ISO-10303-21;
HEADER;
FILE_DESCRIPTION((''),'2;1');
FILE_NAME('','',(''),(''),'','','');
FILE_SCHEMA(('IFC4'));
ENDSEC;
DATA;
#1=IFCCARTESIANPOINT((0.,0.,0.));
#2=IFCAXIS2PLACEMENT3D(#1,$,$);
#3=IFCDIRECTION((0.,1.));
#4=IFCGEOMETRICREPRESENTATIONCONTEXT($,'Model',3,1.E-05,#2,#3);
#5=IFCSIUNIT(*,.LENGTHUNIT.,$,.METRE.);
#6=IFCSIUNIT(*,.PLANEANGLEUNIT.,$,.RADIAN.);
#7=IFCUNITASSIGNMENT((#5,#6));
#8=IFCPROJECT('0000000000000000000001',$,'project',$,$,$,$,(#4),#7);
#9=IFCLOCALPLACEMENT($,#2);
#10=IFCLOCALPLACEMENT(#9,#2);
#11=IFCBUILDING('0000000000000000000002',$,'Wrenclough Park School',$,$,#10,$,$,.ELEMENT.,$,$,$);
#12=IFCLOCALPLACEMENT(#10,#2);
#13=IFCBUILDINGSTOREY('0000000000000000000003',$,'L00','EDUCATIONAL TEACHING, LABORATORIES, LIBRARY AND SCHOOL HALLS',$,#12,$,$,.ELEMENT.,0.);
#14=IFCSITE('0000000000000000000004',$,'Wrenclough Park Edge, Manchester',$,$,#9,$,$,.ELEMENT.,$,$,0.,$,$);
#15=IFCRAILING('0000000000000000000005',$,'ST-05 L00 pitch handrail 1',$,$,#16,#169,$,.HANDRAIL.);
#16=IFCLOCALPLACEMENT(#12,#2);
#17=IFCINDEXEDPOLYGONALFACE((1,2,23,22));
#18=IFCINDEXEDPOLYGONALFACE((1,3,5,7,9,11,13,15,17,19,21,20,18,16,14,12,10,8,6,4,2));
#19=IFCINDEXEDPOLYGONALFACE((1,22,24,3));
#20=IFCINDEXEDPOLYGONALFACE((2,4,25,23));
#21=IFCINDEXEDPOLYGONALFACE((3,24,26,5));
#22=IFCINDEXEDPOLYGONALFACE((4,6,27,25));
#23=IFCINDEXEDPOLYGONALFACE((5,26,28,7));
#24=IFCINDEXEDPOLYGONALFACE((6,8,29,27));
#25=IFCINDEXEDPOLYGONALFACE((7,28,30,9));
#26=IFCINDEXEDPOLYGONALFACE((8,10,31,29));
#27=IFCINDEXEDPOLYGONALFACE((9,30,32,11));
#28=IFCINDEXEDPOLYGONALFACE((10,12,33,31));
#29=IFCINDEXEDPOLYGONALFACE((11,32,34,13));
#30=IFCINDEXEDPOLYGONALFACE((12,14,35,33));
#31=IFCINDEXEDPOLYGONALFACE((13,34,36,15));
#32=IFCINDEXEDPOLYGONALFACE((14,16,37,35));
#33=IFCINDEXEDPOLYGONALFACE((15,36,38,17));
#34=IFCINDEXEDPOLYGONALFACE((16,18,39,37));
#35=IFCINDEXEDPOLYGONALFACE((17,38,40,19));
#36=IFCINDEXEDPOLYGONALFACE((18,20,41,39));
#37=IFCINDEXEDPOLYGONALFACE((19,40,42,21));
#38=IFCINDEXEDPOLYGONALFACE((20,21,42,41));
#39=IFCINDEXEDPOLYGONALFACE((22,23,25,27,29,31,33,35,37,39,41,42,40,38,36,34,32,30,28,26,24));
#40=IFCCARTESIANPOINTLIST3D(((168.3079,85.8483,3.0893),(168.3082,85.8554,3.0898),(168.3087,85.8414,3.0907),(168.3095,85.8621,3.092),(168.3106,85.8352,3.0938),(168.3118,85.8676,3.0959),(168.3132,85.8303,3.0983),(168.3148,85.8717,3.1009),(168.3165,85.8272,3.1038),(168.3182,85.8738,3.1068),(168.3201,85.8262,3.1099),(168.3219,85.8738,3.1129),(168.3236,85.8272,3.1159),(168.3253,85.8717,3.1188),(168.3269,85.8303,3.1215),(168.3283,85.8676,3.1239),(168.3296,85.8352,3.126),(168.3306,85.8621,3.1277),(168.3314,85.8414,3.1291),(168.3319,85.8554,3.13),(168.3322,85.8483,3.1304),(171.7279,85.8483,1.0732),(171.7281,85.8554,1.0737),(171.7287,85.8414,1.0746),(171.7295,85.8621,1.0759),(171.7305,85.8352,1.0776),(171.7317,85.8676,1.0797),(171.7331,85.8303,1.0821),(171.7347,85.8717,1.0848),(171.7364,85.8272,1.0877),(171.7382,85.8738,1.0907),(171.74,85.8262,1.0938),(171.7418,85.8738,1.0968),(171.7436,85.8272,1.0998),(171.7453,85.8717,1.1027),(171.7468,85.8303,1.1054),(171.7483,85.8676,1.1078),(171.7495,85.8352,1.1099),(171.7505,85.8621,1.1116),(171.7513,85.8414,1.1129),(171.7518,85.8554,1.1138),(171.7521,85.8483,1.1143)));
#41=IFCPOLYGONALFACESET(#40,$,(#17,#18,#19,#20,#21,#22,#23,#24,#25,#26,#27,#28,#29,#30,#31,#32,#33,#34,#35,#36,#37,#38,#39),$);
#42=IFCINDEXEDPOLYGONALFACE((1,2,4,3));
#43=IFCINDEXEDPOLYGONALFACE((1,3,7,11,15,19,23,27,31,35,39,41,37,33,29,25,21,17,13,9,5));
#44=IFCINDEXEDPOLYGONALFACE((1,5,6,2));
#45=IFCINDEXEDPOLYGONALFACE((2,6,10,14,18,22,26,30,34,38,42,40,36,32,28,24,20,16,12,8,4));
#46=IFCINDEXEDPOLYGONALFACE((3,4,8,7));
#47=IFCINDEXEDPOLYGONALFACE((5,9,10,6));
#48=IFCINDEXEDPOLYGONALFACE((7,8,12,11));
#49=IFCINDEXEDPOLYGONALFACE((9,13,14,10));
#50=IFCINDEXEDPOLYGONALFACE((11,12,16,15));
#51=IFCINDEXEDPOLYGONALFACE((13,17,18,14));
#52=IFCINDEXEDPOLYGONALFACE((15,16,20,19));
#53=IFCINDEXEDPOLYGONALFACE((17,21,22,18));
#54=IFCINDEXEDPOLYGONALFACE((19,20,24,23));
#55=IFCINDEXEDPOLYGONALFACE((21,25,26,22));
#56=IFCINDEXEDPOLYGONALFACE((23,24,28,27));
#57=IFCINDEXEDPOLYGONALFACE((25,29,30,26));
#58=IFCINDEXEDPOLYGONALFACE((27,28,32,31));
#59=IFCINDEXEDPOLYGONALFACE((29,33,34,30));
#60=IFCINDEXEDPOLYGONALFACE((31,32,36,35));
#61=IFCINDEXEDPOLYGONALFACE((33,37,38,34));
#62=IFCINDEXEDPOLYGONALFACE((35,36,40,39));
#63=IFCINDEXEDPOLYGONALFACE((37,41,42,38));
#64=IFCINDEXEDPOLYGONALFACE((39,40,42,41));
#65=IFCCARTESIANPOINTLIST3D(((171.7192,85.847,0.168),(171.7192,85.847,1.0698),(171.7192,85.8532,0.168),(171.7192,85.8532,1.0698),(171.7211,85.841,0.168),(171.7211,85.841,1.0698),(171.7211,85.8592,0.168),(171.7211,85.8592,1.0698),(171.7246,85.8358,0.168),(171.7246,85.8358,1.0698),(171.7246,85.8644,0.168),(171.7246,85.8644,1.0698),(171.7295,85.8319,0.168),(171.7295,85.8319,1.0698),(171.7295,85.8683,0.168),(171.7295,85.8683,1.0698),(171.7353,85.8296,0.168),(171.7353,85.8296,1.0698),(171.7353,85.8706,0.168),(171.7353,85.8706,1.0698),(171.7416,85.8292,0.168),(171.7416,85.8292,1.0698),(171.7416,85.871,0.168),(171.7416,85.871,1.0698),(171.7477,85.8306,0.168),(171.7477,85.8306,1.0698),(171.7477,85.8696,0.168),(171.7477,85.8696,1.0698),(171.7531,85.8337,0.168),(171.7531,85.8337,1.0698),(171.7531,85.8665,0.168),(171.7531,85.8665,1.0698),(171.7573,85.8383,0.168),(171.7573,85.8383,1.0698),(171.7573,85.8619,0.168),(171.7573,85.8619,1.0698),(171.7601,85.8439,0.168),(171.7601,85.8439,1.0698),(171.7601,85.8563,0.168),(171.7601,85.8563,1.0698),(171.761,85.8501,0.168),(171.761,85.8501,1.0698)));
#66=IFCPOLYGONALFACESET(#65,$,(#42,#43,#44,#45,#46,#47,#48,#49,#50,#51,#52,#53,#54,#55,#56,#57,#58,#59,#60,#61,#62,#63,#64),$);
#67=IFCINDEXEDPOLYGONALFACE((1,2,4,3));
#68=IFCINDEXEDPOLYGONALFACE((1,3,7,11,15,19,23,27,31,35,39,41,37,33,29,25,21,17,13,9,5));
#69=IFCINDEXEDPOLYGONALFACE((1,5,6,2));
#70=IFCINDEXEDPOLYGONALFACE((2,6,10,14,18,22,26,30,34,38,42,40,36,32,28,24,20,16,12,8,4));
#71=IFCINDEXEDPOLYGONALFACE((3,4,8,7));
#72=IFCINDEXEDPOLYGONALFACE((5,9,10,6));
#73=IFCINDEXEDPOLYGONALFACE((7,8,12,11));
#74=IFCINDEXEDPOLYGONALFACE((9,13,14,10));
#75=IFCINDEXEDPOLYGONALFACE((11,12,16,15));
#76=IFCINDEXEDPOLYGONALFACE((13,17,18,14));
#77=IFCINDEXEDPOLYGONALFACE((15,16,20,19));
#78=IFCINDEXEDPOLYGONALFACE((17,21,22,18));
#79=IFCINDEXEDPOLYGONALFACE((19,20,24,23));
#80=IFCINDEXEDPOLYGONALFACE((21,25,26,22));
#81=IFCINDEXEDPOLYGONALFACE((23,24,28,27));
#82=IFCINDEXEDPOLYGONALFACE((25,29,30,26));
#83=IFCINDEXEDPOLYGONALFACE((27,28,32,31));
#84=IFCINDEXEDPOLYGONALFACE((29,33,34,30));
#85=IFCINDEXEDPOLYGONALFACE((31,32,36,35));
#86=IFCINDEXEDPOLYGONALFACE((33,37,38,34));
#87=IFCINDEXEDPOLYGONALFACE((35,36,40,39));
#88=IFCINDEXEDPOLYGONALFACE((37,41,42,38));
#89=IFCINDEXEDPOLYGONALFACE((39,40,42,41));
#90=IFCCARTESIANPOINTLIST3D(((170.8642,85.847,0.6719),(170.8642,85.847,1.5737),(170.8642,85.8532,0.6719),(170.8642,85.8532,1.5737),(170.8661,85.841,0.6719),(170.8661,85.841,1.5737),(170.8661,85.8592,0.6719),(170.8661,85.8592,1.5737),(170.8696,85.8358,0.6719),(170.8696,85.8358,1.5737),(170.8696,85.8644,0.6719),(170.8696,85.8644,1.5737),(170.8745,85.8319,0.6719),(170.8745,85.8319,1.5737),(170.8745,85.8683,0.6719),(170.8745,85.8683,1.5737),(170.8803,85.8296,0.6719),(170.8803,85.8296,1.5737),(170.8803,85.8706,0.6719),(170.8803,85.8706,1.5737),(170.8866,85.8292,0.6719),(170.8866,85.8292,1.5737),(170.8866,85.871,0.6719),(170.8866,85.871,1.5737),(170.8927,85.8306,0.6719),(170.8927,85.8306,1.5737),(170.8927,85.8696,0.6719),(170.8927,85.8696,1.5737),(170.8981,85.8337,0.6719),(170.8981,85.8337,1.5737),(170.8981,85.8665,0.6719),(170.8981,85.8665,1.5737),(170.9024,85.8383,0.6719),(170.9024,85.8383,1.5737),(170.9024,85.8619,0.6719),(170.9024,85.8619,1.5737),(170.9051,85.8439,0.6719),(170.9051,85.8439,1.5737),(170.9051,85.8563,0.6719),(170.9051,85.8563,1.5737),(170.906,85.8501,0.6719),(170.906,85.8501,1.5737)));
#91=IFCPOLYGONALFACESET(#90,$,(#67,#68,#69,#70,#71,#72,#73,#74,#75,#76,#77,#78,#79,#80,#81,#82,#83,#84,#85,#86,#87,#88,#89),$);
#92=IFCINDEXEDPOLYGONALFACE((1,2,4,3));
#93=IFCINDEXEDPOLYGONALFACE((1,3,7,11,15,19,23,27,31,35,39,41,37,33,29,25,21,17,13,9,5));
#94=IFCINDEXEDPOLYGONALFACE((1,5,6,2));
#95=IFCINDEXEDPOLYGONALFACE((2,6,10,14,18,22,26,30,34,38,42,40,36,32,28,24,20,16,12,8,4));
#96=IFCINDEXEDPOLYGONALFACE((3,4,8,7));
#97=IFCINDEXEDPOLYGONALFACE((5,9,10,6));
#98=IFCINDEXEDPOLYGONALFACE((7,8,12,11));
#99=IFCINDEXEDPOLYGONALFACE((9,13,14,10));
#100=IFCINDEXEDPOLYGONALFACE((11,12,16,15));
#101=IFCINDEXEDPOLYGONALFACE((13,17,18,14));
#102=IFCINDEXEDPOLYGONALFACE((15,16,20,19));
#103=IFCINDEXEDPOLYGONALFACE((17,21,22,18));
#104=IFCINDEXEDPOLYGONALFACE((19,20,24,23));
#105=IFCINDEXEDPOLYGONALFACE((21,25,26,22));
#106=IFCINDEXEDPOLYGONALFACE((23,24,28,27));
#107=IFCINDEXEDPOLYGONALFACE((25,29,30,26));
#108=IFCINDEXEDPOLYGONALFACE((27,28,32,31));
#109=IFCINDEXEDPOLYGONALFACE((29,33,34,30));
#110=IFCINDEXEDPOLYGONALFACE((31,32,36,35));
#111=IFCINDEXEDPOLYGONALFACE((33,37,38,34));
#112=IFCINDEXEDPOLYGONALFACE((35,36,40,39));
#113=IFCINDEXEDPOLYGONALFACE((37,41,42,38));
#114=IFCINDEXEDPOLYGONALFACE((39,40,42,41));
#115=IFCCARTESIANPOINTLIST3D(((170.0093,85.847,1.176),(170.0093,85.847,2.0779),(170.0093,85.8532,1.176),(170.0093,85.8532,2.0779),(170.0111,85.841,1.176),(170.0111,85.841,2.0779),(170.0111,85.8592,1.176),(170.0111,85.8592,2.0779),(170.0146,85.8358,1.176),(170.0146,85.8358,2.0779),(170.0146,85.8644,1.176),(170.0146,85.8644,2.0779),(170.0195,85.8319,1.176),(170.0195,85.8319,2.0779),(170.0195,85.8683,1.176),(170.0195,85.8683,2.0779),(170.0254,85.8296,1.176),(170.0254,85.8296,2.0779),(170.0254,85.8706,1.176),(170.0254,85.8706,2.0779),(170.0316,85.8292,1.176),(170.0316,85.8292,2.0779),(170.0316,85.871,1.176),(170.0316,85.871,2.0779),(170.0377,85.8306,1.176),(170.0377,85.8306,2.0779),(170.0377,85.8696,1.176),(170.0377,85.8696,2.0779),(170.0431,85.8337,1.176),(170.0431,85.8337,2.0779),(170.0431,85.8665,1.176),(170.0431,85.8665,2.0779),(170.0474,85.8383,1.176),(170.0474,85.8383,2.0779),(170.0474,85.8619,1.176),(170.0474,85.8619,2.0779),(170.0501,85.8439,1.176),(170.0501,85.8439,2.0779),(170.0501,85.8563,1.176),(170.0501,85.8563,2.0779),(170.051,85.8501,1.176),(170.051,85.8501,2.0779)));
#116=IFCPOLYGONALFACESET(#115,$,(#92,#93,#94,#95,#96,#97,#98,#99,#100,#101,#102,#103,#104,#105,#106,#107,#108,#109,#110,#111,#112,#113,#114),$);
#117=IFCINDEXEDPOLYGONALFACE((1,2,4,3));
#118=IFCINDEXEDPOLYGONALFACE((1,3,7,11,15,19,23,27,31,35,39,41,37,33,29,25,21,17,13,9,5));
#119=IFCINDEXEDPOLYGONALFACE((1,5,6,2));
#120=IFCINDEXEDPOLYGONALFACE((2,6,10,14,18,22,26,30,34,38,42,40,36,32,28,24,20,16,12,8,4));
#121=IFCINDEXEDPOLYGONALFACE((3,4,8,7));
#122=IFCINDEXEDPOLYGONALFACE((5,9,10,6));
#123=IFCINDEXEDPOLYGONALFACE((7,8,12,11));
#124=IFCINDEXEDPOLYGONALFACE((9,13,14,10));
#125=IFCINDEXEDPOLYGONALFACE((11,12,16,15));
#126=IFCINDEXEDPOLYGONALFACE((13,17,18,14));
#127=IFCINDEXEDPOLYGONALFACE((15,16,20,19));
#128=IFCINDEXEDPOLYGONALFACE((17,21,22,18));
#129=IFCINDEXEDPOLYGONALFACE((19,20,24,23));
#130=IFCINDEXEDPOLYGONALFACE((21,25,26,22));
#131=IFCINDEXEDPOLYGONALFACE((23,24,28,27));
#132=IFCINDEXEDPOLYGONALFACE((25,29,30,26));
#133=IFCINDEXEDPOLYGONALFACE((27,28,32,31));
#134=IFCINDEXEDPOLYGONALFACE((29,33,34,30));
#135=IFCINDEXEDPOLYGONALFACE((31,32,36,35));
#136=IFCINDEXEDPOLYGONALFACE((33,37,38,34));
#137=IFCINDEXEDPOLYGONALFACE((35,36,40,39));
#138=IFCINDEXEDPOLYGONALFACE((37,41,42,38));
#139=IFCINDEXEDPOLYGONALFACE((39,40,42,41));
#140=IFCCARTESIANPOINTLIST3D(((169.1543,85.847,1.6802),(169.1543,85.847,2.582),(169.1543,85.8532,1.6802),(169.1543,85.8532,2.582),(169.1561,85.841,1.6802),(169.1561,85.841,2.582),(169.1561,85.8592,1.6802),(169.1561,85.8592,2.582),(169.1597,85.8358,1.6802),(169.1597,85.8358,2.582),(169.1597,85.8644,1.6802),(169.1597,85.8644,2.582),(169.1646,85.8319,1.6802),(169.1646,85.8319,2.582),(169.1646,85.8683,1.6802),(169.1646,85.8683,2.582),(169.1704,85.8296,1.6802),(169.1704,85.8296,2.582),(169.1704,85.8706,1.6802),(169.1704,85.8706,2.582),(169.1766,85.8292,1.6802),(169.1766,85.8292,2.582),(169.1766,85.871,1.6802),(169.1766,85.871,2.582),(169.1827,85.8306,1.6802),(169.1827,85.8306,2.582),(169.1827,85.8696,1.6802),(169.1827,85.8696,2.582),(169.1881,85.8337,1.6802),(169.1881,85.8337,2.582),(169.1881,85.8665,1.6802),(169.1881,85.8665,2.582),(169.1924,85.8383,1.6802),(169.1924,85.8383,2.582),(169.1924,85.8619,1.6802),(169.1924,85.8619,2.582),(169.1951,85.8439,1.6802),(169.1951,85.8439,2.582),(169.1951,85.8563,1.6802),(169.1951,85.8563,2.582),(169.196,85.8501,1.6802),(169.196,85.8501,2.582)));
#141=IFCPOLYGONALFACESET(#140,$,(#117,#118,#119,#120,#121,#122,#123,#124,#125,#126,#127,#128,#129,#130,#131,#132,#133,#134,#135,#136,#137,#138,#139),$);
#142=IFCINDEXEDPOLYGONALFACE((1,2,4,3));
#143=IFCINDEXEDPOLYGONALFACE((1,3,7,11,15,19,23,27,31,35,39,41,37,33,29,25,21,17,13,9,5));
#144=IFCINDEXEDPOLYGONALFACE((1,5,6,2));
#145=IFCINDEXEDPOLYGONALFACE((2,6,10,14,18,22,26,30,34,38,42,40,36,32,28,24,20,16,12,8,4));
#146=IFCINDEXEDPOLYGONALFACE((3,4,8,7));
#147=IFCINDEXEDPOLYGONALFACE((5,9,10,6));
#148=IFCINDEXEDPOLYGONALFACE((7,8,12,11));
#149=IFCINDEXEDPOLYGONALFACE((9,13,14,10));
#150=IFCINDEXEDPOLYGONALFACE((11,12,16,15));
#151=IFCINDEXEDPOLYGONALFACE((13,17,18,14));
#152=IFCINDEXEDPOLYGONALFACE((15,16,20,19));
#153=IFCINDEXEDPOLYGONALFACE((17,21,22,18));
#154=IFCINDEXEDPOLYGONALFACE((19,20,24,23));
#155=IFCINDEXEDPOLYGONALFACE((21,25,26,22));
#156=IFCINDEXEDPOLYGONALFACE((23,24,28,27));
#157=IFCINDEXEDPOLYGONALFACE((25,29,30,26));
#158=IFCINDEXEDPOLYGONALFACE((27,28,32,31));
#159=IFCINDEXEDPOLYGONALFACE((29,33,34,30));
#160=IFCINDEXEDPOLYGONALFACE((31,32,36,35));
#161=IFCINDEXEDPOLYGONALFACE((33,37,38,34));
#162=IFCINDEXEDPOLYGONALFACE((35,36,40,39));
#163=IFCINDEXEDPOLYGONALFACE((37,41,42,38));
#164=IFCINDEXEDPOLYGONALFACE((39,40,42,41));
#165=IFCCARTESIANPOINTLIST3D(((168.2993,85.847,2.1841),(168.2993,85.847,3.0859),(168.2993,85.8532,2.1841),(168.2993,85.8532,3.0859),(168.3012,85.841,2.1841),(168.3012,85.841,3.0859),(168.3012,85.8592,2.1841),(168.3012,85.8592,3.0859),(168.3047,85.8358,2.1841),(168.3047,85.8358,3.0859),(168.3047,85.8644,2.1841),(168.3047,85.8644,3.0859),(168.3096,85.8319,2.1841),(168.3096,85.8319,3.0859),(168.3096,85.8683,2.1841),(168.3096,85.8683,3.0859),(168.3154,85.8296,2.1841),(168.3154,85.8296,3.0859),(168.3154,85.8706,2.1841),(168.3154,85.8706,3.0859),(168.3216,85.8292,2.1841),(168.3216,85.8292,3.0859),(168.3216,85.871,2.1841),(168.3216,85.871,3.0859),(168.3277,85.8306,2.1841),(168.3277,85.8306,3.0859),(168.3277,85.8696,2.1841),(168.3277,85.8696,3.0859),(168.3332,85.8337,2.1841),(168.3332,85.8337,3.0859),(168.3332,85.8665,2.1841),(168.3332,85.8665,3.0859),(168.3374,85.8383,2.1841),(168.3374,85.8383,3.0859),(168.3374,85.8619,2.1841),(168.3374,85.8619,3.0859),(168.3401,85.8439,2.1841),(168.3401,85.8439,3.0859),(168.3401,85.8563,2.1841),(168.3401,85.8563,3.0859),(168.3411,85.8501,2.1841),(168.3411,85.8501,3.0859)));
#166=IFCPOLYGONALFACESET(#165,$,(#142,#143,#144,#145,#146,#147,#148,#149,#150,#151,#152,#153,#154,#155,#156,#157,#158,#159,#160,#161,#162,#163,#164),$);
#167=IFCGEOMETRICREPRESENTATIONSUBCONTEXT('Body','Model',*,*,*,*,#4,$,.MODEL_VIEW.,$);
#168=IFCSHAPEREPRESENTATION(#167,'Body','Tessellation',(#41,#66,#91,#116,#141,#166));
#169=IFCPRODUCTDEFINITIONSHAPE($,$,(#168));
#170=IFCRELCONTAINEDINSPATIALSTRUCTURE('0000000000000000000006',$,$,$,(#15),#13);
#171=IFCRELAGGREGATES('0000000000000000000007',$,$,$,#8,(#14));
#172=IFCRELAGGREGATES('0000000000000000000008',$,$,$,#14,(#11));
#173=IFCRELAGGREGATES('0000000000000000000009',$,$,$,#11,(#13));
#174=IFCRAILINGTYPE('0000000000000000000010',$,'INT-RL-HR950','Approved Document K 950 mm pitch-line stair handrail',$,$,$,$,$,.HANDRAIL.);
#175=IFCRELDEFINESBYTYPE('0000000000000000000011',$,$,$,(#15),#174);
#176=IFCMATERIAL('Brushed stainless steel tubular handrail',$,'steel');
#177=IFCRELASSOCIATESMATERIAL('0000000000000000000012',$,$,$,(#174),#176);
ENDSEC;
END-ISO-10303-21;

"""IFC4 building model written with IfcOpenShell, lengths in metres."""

from ifc_helpers import new_model, si_unit, direction, frame, origin, origin_2d, place, context, subcontext, project, spatial, circle, extrude, material, type_object, element, save


model = new_model("IFC4")

# Units and contexts
model_context = context("Model", 3, precision=1e-05, world=origin(), true_north=direction((0.0, 1.0)))
body_context = subcontext(model_context, "Body", "Model", "MODEL_VIEW")
ifc_project = project(units=[si_unit("LENGTHUNIT", "METRE"), si_unit("PLANEANGLEUNIT", "RADIAN")], contexts=[model_context])

# Site, building, storey
site_placement = place(None, origin())
site = spatial("IfcSite", under=ifc_project, at=site_placement, Name="Wrenclough Park Edge, Manchester", CompositionType="ELEMENT", RefElevation=0.0)
building_placement = place(site_placement, origin())
building = spatial("IfcBuilding", under=site, at=building_placement, Name="Wrenclough Park School", CompositionType="ELEMENT")
storey_placement = place(building_placement, origin())
storey = spatial("IfcBuildingStorey", under=building, at=storey_placement, Name="L00", Description="EDUCATIONAL TEACHING, LABORATORIES, LIBRARY AND SCHOOL HALLS", CompositionType="ELEMENT", Elevation=0.0)

# Railing
ifc_material_1 = material(Name="Brushed stainless steel tubular handrail", Category="steel")
railing_type = type_object("IfcRailingType", Name="INT-RL-HR950", Description="Approved Document K 950 mm pitch-line stair handrail", PredefinedType="HANDRAIL", material=ifc_material_1)
railing_placement = place(storey_placement, frame((171.74, 85.8501, 0.168)))
element("IfcRailing", 1, at=railing_placement, inside=storey, type_object=railing_type, Name="ST-05 L00 pitch handrail 1", PredefinedType="HANDRAIL", context=body_context, shape_type="SweptSolid", body=[
    extrude(circle(Radius=0.0239, at=origin_2d()), frame((0.0, 0.0, 0.9258), z_axis=(-0.86145, 0.0, 0.507842), x_axis=(0.0, -1.0, 0.0)), (0.0, 0.0, 1.0), 3.97),
    extrude(circle(Radius=0.021, at=origin_2d()), origin(), (0.0, 0.0, 1.0), 0.9019),
    extrude(circle(Radius=0.021, at=origin_2d()), frame((-0.855, 0.0, 0.5039)), (0.0, 0.0, 1.0), 0.9019),
    extrude(circle(Radius=0.021, at=origin_2d()), frame((-1.71, 0.0, 1.0081)), (0.0, 0.0, 1.0), 0.9019),
    extrude(circle(Radius=0.021, at=origin_2d()), frame((-2.5649, 0.0, 1.5122)), (0.0, 0.0, 1.0), 0.9019),
    extrude(circle(Radius=0.021, at=origin_2d()), frame((-3.4199, 0.0, 2.0161)), (0.0, 0.0, 1.0), 0.9019),
])

save(model, "model.ifc")
